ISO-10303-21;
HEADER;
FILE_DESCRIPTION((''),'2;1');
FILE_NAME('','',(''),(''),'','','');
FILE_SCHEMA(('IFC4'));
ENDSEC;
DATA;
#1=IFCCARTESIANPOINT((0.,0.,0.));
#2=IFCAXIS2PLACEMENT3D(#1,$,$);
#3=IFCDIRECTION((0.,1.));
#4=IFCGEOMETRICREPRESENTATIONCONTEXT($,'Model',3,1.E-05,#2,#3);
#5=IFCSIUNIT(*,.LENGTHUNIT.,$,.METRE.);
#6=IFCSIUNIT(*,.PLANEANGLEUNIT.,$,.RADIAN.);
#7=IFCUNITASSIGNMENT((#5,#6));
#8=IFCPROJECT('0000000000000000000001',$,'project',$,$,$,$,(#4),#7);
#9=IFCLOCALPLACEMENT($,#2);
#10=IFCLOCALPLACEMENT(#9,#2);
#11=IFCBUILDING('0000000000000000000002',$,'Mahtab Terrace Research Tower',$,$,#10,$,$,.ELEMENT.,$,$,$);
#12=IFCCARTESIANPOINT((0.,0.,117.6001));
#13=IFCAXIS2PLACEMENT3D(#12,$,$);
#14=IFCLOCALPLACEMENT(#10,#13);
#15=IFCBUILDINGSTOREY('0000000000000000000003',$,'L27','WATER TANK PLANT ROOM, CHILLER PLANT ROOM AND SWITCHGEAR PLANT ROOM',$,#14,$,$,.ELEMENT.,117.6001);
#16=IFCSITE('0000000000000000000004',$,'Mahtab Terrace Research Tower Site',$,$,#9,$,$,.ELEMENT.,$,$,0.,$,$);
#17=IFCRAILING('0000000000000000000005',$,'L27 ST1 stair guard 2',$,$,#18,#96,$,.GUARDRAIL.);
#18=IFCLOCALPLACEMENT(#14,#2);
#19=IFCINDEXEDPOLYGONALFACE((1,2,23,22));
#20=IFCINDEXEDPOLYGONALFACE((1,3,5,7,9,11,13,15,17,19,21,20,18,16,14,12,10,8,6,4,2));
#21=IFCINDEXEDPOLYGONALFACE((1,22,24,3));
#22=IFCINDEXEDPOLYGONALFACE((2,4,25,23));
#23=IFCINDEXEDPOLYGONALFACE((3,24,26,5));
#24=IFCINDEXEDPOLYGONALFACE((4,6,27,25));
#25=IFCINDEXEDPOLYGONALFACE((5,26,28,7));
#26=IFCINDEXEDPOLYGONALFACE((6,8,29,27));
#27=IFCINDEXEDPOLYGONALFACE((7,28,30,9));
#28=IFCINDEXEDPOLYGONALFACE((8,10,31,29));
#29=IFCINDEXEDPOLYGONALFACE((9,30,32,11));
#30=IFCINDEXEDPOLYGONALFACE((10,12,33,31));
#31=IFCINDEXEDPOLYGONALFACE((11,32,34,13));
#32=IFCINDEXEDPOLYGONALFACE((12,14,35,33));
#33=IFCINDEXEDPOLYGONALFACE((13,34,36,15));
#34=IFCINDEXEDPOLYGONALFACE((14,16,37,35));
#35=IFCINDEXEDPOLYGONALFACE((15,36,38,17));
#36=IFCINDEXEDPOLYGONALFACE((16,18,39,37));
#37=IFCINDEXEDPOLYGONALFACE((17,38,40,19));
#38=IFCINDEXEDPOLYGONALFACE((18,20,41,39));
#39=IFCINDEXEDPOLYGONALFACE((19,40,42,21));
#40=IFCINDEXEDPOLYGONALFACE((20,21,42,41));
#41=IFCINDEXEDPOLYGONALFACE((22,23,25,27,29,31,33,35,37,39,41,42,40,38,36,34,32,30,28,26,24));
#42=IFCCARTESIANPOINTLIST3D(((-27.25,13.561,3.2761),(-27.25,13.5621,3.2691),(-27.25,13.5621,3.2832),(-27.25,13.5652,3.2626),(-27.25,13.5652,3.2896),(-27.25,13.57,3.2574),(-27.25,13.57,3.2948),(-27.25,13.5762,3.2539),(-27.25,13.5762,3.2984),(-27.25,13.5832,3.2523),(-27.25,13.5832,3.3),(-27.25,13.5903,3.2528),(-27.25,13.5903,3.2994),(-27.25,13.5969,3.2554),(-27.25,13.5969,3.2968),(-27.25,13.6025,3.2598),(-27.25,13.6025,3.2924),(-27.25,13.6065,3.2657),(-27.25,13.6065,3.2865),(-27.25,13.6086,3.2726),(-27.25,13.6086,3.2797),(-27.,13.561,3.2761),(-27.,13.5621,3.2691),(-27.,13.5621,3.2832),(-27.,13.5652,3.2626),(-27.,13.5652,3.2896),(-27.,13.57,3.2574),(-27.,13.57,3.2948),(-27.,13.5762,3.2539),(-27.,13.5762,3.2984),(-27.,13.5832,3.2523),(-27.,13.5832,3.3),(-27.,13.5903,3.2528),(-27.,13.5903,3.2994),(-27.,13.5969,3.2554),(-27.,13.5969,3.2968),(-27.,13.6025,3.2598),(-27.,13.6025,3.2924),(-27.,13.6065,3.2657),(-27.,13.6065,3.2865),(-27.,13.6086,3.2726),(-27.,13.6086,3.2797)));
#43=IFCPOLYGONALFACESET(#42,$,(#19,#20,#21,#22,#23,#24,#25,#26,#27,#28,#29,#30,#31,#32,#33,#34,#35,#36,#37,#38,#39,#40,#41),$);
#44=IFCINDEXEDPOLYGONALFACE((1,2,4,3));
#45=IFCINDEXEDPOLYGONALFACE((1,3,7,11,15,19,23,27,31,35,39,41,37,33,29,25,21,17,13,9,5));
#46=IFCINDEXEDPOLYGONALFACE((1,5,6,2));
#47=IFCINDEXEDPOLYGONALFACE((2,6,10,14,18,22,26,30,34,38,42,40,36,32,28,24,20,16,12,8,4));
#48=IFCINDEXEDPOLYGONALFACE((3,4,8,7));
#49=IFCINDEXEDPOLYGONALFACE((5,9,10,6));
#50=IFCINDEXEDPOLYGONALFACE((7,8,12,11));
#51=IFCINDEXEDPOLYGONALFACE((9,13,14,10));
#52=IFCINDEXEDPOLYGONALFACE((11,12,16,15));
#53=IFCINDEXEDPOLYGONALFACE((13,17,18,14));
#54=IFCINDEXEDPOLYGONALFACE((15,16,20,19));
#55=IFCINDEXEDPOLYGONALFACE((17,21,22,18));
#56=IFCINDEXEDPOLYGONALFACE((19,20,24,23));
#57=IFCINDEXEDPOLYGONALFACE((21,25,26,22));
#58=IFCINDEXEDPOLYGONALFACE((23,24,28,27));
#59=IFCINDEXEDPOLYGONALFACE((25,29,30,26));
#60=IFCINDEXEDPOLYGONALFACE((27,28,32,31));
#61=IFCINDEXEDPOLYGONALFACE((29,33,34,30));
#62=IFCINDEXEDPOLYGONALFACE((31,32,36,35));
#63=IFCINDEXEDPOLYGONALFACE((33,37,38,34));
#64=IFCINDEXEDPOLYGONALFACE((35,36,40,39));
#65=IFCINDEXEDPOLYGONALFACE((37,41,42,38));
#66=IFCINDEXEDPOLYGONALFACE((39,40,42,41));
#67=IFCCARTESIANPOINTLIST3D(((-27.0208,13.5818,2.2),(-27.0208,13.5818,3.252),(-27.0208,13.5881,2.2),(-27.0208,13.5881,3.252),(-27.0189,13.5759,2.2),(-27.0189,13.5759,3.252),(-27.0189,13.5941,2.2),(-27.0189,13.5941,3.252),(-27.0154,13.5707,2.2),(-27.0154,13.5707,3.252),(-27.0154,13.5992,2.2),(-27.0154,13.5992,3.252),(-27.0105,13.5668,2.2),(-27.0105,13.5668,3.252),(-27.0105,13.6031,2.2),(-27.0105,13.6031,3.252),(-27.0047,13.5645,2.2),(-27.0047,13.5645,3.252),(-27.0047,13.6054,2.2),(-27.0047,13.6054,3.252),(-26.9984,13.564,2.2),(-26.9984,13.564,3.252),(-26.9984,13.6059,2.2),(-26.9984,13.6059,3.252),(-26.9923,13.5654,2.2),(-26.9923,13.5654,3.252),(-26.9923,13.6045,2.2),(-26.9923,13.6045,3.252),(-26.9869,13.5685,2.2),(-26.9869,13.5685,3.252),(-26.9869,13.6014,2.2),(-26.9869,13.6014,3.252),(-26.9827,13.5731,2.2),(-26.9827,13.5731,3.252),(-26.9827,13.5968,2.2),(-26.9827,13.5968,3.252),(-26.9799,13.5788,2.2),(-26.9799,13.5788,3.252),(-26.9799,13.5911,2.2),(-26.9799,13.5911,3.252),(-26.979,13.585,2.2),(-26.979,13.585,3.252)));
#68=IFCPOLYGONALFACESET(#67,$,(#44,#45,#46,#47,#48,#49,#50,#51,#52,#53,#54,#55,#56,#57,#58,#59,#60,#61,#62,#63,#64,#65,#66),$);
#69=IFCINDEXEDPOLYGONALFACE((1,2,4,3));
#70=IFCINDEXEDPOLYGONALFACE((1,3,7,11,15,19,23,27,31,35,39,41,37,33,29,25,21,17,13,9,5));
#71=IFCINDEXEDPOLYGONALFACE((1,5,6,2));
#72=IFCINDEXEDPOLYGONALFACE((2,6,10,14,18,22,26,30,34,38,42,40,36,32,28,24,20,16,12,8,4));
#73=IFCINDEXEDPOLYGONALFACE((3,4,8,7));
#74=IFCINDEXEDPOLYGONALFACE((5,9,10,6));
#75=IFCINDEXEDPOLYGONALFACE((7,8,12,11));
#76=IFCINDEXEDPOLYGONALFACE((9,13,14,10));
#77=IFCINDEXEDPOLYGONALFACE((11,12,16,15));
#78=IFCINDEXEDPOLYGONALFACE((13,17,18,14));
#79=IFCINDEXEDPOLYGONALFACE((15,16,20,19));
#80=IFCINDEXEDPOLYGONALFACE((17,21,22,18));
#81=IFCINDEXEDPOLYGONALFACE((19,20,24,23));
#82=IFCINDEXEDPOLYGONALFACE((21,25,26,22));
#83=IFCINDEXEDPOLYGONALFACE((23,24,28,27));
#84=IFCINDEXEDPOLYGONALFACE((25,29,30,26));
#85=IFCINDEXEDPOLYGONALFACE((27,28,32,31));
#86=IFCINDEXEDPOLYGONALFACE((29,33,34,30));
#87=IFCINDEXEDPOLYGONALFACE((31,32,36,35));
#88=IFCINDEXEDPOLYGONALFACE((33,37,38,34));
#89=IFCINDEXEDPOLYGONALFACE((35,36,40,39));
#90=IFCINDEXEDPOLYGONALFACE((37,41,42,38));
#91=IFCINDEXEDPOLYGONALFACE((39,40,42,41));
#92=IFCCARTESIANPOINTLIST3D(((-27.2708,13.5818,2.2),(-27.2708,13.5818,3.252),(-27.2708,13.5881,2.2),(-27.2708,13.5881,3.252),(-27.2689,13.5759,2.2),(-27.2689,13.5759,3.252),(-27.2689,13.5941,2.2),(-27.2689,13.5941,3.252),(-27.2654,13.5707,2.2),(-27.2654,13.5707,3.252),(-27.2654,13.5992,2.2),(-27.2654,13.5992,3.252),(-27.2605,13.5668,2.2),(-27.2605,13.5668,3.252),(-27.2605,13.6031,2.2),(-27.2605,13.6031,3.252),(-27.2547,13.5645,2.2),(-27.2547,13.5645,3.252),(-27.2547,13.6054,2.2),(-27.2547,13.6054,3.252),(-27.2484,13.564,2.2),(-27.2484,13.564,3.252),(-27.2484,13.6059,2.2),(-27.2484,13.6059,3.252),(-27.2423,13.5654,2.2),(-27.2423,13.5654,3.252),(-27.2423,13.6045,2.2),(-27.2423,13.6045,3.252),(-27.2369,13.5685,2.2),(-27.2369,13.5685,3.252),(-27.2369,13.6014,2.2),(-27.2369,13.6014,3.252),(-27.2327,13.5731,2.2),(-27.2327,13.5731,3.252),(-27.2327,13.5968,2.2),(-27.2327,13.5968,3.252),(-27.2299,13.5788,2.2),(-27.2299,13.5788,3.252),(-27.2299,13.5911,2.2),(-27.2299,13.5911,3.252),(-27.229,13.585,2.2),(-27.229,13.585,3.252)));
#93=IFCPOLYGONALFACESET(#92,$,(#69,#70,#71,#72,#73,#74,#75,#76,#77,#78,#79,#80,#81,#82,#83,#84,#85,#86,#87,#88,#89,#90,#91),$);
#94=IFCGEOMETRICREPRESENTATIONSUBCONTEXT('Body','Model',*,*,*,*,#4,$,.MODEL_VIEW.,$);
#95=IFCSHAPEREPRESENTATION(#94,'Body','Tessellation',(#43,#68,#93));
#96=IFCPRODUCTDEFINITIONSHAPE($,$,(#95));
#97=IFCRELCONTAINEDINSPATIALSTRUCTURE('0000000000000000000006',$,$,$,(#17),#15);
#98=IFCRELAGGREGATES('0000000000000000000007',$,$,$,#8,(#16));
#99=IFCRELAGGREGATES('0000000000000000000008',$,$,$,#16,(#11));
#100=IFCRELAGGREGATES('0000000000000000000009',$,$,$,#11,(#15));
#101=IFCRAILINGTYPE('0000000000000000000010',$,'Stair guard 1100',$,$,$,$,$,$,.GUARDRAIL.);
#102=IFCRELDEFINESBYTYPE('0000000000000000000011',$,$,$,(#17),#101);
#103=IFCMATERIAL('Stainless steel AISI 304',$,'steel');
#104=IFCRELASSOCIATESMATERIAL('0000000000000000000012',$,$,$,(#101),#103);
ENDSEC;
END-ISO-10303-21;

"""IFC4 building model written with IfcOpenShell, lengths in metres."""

from ifc_helpers import new_model, si_unit, direction, frame, origin, origin_2d, place, context, subcontext, project, spatial, circle, extrude, material, type_object, element, save


model = new_model("IFC4")

# Units and contexts
model_context = context("Model", 3, precision=1e-05, world=origin(), true_north=direction((0.0, 1.0)))
body_context = subcontext(model_context, "Body", "Model", "MODEL_VIEW")
ifc_project = project(units=[si_unit("LENGTHUNIT", "METRE"), si_unit("PLANEANGLEUNIT", "RADIAN")], contexts=[model_context])

# Site, building, storey
site_placement = place(None, origin())
site = spatial("IfcSite", under=ifc_project, at=site_placement, Name="Mahtab Terrace Research Tower Site", CompositionType="ELEMENT", RefElevation=0.0)
building_placement = place(site_placement, origin())
building = spatial("IfcBuilding", under=site, at=building_placement, Name="Mahtab Terrace Research Tower", CompositionType="ELEMENT")
storey_placement = place(building_placement, frame((0.0, 0.0, 117.6001)))
storey = spatial("IfcBuildingStorey", under=building, at=storey_placement, Name="L27", Description="WATER TANK PLANT ROOM, CHILLER PLANT ROOM AND SWITCHGEAR PLANT ROOM", CompositionType="ELEMENT", Elevation=117.6001)

# Railing
ifc_material_1 = material(Name="Stainless steel AISI 304", Category="steel")
railing_type_1 = type_object("IfcRailingType", Name="Stair guard 1100", PredefinedType="GUARDRAIL", material=ifc_material_1)
railing_1_placement = place(storey_placement, frame((-27.0, 13.585, 2.2)))
element("IfcRailing", 1, at=railing_1_placement, inside=storey, type_object=railing_type_1, Name="L27 ST1 stair guard 2", PredefinedType="GUARDRAIL", context=body_context, shape_type="SweptSolid", body=[
    extrude(circle(Radius=0.0239, at=origin_2d()), frame((0.0, 0.0, 1.0762), z_axis=(-1.0, 0.0, 0.0), x_axis=(0.0, -1.0, 0.0)), (0.0, 0.0, 1.0), 0.25),
    extrude(circle(Radius=0.021, at=origin_2d()), origin(), (0.0, 0.0, 1.0), 1.052),
    extrude(circle(Radius=0.021, at=origin_2d()), frame((-0.25, 0.0, 0.0)), (0.0, 0.0, 1.0), 1.052),
])

save(model, "model.ifc")
